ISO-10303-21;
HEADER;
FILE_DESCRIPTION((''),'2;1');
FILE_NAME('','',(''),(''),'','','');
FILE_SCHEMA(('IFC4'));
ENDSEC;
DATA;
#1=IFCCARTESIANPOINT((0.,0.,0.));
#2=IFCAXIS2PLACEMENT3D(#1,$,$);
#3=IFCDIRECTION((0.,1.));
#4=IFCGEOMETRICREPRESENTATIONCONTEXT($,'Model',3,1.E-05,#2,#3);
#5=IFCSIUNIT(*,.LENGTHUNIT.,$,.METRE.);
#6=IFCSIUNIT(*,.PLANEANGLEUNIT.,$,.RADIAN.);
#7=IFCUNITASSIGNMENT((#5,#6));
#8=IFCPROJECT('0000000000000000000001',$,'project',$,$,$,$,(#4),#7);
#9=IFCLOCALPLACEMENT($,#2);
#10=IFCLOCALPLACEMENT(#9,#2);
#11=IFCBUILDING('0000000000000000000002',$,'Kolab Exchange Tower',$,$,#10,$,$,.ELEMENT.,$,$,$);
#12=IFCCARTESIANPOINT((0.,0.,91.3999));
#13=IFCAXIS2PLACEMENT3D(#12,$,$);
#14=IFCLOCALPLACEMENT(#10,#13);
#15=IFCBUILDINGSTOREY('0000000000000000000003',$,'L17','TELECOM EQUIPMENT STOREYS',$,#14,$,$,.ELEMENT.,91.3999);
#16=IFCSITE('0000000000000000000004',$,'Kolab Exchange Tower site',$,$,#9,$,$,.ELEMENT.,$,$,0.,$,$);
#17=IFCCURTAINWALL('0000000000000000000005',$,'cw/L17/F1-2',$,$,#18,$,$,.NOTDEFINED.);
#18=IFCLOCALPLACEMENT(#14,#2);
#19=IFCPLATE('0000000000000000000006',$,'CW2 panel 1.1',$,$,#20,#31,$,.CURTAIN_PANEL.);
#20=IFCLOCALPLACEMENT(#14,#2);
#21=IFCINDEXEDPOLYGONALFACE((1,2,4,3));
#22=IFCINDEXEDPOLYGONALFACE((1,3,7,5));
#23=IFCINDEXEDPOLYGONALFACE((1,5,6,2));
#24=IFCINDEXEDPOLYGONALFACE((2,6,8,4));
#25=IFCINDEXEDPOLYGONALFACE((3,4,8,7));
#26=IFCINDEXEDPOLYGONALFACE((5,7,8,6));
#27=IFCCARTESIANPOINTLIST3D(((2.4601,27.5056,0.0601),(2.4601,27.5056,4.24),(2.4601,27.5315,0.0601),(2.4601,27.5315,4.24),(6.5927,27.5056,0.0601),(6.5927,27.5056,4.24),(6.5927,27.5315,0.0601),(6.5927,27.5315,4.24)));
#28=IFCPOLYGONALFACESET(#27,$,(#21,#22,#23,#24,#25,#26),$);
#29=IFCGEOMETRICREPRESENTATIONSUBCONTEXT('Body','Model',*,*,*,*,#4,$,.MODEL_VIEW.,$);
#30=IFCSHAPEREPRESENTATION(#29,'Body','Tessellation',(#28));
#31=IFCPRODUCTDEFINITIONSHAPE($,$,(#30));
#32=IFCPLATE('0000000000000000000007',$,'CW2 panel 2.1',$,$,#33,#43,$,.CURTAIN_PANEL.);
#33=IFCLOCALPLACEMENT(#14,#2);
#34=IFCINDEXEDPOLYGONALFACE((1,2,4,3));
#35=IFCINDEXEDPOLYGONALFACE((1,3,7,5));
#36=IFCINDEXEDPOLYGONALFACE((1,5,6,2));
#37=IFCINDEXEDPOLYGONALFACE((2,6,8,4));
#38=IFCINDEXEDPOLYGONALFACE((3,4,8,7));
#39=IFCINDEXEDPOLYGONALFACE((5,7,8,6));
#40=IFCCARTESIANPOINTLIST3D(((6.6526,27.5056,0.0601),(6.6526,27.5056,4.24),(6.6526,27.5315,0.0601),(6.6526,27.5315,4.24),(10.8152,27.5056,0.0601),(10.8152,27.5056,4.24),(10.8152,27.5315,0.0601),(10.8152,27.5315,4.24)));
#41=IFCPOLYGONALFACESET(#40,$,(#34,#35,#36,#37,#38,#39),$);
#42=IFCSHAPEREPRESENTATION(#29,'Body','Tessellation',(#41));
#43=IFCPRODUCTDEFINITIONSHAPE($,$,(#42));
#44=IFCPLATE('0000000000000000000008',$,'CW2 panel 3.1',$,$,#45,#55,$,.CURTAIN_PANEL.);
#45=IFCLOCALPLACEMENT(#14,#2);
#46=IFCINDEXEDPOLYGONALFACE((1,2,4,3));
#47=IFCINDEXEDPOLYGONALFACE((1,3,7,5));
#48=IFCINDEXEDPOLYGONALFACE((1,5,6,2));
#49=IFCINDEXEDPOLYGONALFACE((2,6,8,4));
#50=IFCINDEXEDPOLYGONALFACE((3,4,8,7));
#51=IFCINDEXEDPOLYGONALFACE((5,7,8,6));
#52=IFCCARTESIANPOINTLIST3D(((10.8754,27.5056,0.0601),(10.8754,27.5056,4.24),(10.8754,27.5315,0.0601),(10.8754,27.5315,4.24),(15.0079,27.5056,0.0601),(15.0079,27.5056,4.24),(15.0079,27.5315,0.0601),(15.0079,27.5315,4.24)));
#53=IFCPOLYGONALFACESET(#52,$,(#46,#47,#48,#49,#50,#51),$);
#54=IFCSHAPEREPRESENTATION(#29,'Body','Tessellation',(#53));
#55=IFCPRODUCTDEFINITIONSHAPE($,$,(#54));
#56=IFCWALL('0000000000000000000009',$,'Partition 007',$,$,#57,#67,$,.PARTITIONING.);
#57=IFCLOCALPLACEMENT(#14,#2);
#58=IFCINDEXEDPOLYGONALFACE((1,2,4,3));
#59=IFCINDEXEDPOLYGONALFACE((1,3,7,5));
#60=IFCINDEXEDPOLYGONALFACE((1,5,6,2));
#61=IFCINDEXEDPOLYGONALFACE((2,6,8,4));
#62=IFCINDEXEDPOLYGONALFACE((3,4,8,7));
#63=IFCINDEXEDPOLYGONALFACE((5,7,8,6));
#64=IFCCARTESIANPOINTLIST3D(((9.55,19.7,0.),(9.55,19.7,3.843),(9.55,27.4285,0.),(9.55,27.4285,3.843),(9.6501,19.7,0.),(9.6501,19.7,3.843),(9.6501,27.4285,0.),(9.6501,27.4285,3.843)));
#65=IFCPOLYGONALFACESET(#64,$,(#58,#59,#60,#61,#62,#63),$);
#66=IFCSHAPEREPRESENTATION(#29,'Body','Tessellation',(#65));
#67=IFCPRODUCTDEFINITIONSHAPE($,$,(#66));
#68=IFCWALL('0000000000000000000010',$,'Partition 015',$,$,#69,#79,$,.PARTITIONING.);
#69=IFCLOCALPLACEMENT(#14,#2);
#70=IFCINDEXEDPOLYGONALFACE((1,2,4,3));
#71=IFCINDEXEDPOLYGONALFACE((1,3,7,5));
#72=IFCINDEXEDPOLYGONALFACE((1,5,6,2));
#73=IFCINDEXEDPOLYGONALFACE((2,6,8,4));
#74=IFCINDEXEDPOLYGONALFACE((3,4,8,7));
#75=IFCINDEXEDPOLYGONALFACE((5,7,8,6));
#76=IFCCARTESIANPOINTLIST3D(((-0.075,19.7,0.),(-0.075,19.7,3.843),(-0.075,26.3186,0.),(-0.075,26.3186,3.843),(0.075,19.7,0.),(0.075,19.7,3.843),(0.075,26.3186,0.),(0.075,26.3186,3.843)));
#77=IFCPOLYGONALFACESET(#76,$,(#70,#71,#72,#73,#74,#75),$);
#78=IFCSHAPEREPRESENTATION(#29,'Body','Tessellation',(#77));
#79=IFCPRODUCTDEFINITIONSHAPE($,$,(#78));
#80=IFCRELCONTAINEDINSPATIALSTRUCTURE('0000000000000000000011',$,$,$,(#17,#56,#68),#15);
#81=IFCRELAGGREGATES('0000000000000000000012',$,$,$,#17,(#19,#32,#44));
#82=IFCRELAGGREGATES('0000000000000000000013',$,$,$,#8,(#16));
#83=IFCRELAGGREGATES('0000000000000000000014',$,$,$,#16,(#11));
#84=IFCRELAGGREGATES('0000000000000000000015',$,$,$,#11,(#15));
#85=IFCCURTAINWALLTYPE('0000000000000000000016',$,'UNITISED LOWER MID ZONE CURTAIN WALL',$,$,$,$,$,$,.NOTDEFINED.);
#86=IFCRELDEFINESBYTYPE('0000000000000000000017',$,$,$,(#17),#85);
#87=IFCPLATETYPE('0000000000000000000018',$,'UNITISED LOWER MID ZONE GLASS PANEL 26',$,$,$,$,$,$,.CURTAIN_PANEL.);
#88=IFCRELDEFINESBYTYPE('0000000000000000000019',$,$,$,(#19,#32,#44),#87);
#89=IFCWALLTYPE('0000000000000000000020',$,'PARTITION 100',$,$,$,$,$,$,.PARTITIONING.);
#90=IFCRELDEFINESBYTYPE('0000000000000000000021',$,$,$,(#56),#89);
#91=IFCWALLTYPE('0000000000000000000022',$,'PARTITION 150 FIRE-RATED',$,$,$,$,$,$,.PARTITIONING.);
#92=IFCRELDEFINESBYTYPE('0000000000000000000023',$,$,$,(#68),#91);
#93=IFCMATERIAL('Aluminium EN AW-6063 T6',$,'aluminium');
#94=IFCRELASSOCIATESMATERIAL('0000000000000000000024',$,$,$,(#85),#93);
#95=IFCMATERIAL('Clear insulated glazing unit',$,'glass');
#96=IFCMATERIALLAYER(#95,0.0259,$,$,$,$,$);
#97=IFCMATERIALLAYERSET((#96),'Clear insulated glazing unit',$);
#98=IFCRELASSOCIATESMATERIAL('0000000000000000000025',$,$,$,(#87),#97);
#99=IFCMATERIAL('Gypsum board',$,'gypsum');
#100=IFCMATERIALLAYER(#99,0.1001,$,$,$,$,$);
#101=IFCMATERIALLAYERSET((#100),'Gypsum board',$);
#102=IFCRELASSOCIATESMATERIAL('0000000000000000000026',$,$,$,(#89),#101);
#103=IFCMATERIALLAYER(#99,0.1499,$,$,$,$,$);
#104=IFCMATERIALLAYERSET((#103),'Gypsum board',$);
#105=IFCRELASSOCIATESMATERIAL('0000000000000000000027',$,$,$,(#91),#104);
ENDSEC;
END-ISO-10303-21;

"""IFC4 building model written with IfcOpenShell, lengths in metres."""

from ifc_helpers import new_model, si_unit, direction, frame, frame_2d, origin, origin_2d, place, context, subcontext, project, spatial, rectangle, extrude, material, layer, layer_set, type_object, element, aggregate, save


model = new_model("IFC4")

# Units and contexts
model_context = context("Model", 3, precision=1e-05, world=origin(), true_north=direction((0.0, 1.0)))
body_context = subcontext(model_context, "Body", "Model", "MODEL_VIEW")
ifc_project = project(units=[si_unit("LENGTHUNIT", "METRE"), si_unit("PLANEANGLEUNIT", "RADIAN")], contexts=[model_context])

# Site, building, storey
site_placement = place(None, origin())
site = spatial("IfcSite", under=ifc_project, at=site_placement, Name="Kolab Exchange Tower site", CompositionType="ELEMENT", RefElevation=0.0)
building_placement = place(site_placement, origin())
building = spatial("IfcBuilding", under=site, at=building_placement, Name="Kolab Exchange Tower", CompositionType="ELEMENT")
storey_placement = place(building_placement, frame((0.0, 0.0, 91.3999)))
storey = spatial("IfcBuildingStorey", under=building, at=storey_placement, Name="L17", Description="TELECOM EQUIPMENT STOREYS", CompositionType="ELEMENT", Elevation=91.3999)

# Curtain wall, plates
ifc_material_1 = material(Name="Aluminium EN AW-6063 T6", Category="aluminium")
curtain_wall_type = type_object("IfcCurtainWallType", Name="UNITISED LOWER MID ZONE CURTAIN WALL", PredefinedType="NOTDEFINED", material=ifc_material_1)
curtain_wall_placement = place(storey_placement, origin())
curtain_wall = element("IfcCurtainWall", 1, at=curtain_wall_placement, inside=storey, type_object=curtain_wall_type, Name="cw/L17/F1-2", PredefinedType="NOTDEFINED")
ifc_material_2 = material(Name="Clear insulated glazing unit", Category="glass")
ifc_layer_1 = layer(ifc_material_2, 0.0259)
ifc_layer_set_1 = layer_set([ifc_layer_1], Name="Clear insulated glazing unit")
plate_type = type_object("IfcPlateType", Name="UNITISED LOWER MID ZONE GLASS PANEL 26", PredefinedType="CURTAIN_PANEL", material=ifc_layer_set_1)
plate_1_placement = place(storey_placement, frame((4.5264, 27.5186, 0.0601), z_axis=(0.0, 0.0, 1.0), x_axis=(1.0, 0.0, 0.0)))
plate_1 = element("IfcPlate", 2, at=plate_1_placement, type_object=plate_type, Name="CW2 panel 1.1", PredefinedType="CURTAIN_PANEL", context=body_context, shape_type="SweptSolid", body=[
    extrude(rectangle(XDim=4.1326, YDim=0.0259, at=origin_2d()), origin(), (0.0, 0.0, 1.0), 4.1799),
])
plate_2_placement = place(storey_placement, frame((8.7339, 27.5186, 0.0601), z_axis=(0.0, 0.0, 1.0), x_axis=(1.0, 0.0, 0.0)))
plate_2 = element("IfcPlate", 3, at=plate_2_placement, type_object=plate_type, Name="CW2 panel 2.1", PredefinedType="CURTAIN_PANEL", context=body_context, shape_type="SweptSolid", body=[
    extrude(rectangle(XDim=4.1626, YDim=0.0259, at=origin_2d()), origin(), (0.0, 0.0, 1.0), 4.1799),
])
plate_3_placement = place(storey_placement, frame((12.9417, 27.5186, 0.0601), z_axis=(0.0, 0.0, 1.0), x_axis=(1.0, 0.0, 0.0)))
plate_3 = element("IfcPlate", 4, at=plate_3_placement, type_object=plate_type, Name="CW2 panel 3.1", PredefinedType="CURTAIN_PANEL", context=body_context, shape_type="SweptSolid", body=[
    extrude(rectangle(XDim=4.1326, YDim=0.0259, at=origin_2d()), origin(), (0.0, 0.0, 1.0), 4.1799),
])
aggregate(curtain_wall, [plate_1, plate_2, plate_3])

# Walls
ifc_material_3 = material(Name="Gypsum board", Category="gypsum")
ifc_layer_2 = layer(ifc_material_3, 0.1001)
ifc_layer_set_2 = layer_set([ifc_layer_2], Name="Gypsum board")
wall_type_1 = type_object("IfcWallType", Name="PARTITION 100", PredefinedType="PARTITIONING", material=ifc_layer_set_2)
wall_1_placement = place(storey_placement, frame((9.6001, 19.7, 0.0), z_axis=(0.0, 0.0, 1.0), x_axis=(0.0, 1.0, 0.0)))
element("IfcWall", 5, at=wall_1_placement, inside=storey, type_object=wall_type_1, Name="Partition 007", PredefinedType="PARTITIONING", context=body_context, shape_type="SweptSolid", body=[
    extrude(rectangle(XDim=7.7285, YDim=0.1001, at=frame_2d((3.8643, 0.0))), origin(), (0.0, 0.0, 1.0), 3.843),
])
ifc_layer_3 = layer(ifc_material_3, 0.1499)
ifc_layer_set_3 = layer_set([ifc_layer_3], Name="Gypsum board")
wall_type_2 = type_object("IfcWallType", Name="PARTITION 150 FIRE-RATED", PredefinedType="PARTITIONING", material=ifc_layer_set_3)
wall_2_placement = place(storey_placement, frame((0.0, 19.7, 0.0), z_axis=(0.0, 0.0, 1.0), x_axis=(0.0, 1.0, 0.0)))
element("IfcWall", 6, at=wall_2_placement, inside=storey, type_object=wall_type_2, Name="Partition 015", PredefinedType="PARTITIONING", context=body_context, shape_type="SweptSolid", body=[
    extrude(rectangle(XDim=6.6187, YDim=0.1499, at=frame_2d((3.3093, 0.0))), origin(), (0.0, 0.0, 1.0), 3.843),
])

save(model, "model.ifc")
